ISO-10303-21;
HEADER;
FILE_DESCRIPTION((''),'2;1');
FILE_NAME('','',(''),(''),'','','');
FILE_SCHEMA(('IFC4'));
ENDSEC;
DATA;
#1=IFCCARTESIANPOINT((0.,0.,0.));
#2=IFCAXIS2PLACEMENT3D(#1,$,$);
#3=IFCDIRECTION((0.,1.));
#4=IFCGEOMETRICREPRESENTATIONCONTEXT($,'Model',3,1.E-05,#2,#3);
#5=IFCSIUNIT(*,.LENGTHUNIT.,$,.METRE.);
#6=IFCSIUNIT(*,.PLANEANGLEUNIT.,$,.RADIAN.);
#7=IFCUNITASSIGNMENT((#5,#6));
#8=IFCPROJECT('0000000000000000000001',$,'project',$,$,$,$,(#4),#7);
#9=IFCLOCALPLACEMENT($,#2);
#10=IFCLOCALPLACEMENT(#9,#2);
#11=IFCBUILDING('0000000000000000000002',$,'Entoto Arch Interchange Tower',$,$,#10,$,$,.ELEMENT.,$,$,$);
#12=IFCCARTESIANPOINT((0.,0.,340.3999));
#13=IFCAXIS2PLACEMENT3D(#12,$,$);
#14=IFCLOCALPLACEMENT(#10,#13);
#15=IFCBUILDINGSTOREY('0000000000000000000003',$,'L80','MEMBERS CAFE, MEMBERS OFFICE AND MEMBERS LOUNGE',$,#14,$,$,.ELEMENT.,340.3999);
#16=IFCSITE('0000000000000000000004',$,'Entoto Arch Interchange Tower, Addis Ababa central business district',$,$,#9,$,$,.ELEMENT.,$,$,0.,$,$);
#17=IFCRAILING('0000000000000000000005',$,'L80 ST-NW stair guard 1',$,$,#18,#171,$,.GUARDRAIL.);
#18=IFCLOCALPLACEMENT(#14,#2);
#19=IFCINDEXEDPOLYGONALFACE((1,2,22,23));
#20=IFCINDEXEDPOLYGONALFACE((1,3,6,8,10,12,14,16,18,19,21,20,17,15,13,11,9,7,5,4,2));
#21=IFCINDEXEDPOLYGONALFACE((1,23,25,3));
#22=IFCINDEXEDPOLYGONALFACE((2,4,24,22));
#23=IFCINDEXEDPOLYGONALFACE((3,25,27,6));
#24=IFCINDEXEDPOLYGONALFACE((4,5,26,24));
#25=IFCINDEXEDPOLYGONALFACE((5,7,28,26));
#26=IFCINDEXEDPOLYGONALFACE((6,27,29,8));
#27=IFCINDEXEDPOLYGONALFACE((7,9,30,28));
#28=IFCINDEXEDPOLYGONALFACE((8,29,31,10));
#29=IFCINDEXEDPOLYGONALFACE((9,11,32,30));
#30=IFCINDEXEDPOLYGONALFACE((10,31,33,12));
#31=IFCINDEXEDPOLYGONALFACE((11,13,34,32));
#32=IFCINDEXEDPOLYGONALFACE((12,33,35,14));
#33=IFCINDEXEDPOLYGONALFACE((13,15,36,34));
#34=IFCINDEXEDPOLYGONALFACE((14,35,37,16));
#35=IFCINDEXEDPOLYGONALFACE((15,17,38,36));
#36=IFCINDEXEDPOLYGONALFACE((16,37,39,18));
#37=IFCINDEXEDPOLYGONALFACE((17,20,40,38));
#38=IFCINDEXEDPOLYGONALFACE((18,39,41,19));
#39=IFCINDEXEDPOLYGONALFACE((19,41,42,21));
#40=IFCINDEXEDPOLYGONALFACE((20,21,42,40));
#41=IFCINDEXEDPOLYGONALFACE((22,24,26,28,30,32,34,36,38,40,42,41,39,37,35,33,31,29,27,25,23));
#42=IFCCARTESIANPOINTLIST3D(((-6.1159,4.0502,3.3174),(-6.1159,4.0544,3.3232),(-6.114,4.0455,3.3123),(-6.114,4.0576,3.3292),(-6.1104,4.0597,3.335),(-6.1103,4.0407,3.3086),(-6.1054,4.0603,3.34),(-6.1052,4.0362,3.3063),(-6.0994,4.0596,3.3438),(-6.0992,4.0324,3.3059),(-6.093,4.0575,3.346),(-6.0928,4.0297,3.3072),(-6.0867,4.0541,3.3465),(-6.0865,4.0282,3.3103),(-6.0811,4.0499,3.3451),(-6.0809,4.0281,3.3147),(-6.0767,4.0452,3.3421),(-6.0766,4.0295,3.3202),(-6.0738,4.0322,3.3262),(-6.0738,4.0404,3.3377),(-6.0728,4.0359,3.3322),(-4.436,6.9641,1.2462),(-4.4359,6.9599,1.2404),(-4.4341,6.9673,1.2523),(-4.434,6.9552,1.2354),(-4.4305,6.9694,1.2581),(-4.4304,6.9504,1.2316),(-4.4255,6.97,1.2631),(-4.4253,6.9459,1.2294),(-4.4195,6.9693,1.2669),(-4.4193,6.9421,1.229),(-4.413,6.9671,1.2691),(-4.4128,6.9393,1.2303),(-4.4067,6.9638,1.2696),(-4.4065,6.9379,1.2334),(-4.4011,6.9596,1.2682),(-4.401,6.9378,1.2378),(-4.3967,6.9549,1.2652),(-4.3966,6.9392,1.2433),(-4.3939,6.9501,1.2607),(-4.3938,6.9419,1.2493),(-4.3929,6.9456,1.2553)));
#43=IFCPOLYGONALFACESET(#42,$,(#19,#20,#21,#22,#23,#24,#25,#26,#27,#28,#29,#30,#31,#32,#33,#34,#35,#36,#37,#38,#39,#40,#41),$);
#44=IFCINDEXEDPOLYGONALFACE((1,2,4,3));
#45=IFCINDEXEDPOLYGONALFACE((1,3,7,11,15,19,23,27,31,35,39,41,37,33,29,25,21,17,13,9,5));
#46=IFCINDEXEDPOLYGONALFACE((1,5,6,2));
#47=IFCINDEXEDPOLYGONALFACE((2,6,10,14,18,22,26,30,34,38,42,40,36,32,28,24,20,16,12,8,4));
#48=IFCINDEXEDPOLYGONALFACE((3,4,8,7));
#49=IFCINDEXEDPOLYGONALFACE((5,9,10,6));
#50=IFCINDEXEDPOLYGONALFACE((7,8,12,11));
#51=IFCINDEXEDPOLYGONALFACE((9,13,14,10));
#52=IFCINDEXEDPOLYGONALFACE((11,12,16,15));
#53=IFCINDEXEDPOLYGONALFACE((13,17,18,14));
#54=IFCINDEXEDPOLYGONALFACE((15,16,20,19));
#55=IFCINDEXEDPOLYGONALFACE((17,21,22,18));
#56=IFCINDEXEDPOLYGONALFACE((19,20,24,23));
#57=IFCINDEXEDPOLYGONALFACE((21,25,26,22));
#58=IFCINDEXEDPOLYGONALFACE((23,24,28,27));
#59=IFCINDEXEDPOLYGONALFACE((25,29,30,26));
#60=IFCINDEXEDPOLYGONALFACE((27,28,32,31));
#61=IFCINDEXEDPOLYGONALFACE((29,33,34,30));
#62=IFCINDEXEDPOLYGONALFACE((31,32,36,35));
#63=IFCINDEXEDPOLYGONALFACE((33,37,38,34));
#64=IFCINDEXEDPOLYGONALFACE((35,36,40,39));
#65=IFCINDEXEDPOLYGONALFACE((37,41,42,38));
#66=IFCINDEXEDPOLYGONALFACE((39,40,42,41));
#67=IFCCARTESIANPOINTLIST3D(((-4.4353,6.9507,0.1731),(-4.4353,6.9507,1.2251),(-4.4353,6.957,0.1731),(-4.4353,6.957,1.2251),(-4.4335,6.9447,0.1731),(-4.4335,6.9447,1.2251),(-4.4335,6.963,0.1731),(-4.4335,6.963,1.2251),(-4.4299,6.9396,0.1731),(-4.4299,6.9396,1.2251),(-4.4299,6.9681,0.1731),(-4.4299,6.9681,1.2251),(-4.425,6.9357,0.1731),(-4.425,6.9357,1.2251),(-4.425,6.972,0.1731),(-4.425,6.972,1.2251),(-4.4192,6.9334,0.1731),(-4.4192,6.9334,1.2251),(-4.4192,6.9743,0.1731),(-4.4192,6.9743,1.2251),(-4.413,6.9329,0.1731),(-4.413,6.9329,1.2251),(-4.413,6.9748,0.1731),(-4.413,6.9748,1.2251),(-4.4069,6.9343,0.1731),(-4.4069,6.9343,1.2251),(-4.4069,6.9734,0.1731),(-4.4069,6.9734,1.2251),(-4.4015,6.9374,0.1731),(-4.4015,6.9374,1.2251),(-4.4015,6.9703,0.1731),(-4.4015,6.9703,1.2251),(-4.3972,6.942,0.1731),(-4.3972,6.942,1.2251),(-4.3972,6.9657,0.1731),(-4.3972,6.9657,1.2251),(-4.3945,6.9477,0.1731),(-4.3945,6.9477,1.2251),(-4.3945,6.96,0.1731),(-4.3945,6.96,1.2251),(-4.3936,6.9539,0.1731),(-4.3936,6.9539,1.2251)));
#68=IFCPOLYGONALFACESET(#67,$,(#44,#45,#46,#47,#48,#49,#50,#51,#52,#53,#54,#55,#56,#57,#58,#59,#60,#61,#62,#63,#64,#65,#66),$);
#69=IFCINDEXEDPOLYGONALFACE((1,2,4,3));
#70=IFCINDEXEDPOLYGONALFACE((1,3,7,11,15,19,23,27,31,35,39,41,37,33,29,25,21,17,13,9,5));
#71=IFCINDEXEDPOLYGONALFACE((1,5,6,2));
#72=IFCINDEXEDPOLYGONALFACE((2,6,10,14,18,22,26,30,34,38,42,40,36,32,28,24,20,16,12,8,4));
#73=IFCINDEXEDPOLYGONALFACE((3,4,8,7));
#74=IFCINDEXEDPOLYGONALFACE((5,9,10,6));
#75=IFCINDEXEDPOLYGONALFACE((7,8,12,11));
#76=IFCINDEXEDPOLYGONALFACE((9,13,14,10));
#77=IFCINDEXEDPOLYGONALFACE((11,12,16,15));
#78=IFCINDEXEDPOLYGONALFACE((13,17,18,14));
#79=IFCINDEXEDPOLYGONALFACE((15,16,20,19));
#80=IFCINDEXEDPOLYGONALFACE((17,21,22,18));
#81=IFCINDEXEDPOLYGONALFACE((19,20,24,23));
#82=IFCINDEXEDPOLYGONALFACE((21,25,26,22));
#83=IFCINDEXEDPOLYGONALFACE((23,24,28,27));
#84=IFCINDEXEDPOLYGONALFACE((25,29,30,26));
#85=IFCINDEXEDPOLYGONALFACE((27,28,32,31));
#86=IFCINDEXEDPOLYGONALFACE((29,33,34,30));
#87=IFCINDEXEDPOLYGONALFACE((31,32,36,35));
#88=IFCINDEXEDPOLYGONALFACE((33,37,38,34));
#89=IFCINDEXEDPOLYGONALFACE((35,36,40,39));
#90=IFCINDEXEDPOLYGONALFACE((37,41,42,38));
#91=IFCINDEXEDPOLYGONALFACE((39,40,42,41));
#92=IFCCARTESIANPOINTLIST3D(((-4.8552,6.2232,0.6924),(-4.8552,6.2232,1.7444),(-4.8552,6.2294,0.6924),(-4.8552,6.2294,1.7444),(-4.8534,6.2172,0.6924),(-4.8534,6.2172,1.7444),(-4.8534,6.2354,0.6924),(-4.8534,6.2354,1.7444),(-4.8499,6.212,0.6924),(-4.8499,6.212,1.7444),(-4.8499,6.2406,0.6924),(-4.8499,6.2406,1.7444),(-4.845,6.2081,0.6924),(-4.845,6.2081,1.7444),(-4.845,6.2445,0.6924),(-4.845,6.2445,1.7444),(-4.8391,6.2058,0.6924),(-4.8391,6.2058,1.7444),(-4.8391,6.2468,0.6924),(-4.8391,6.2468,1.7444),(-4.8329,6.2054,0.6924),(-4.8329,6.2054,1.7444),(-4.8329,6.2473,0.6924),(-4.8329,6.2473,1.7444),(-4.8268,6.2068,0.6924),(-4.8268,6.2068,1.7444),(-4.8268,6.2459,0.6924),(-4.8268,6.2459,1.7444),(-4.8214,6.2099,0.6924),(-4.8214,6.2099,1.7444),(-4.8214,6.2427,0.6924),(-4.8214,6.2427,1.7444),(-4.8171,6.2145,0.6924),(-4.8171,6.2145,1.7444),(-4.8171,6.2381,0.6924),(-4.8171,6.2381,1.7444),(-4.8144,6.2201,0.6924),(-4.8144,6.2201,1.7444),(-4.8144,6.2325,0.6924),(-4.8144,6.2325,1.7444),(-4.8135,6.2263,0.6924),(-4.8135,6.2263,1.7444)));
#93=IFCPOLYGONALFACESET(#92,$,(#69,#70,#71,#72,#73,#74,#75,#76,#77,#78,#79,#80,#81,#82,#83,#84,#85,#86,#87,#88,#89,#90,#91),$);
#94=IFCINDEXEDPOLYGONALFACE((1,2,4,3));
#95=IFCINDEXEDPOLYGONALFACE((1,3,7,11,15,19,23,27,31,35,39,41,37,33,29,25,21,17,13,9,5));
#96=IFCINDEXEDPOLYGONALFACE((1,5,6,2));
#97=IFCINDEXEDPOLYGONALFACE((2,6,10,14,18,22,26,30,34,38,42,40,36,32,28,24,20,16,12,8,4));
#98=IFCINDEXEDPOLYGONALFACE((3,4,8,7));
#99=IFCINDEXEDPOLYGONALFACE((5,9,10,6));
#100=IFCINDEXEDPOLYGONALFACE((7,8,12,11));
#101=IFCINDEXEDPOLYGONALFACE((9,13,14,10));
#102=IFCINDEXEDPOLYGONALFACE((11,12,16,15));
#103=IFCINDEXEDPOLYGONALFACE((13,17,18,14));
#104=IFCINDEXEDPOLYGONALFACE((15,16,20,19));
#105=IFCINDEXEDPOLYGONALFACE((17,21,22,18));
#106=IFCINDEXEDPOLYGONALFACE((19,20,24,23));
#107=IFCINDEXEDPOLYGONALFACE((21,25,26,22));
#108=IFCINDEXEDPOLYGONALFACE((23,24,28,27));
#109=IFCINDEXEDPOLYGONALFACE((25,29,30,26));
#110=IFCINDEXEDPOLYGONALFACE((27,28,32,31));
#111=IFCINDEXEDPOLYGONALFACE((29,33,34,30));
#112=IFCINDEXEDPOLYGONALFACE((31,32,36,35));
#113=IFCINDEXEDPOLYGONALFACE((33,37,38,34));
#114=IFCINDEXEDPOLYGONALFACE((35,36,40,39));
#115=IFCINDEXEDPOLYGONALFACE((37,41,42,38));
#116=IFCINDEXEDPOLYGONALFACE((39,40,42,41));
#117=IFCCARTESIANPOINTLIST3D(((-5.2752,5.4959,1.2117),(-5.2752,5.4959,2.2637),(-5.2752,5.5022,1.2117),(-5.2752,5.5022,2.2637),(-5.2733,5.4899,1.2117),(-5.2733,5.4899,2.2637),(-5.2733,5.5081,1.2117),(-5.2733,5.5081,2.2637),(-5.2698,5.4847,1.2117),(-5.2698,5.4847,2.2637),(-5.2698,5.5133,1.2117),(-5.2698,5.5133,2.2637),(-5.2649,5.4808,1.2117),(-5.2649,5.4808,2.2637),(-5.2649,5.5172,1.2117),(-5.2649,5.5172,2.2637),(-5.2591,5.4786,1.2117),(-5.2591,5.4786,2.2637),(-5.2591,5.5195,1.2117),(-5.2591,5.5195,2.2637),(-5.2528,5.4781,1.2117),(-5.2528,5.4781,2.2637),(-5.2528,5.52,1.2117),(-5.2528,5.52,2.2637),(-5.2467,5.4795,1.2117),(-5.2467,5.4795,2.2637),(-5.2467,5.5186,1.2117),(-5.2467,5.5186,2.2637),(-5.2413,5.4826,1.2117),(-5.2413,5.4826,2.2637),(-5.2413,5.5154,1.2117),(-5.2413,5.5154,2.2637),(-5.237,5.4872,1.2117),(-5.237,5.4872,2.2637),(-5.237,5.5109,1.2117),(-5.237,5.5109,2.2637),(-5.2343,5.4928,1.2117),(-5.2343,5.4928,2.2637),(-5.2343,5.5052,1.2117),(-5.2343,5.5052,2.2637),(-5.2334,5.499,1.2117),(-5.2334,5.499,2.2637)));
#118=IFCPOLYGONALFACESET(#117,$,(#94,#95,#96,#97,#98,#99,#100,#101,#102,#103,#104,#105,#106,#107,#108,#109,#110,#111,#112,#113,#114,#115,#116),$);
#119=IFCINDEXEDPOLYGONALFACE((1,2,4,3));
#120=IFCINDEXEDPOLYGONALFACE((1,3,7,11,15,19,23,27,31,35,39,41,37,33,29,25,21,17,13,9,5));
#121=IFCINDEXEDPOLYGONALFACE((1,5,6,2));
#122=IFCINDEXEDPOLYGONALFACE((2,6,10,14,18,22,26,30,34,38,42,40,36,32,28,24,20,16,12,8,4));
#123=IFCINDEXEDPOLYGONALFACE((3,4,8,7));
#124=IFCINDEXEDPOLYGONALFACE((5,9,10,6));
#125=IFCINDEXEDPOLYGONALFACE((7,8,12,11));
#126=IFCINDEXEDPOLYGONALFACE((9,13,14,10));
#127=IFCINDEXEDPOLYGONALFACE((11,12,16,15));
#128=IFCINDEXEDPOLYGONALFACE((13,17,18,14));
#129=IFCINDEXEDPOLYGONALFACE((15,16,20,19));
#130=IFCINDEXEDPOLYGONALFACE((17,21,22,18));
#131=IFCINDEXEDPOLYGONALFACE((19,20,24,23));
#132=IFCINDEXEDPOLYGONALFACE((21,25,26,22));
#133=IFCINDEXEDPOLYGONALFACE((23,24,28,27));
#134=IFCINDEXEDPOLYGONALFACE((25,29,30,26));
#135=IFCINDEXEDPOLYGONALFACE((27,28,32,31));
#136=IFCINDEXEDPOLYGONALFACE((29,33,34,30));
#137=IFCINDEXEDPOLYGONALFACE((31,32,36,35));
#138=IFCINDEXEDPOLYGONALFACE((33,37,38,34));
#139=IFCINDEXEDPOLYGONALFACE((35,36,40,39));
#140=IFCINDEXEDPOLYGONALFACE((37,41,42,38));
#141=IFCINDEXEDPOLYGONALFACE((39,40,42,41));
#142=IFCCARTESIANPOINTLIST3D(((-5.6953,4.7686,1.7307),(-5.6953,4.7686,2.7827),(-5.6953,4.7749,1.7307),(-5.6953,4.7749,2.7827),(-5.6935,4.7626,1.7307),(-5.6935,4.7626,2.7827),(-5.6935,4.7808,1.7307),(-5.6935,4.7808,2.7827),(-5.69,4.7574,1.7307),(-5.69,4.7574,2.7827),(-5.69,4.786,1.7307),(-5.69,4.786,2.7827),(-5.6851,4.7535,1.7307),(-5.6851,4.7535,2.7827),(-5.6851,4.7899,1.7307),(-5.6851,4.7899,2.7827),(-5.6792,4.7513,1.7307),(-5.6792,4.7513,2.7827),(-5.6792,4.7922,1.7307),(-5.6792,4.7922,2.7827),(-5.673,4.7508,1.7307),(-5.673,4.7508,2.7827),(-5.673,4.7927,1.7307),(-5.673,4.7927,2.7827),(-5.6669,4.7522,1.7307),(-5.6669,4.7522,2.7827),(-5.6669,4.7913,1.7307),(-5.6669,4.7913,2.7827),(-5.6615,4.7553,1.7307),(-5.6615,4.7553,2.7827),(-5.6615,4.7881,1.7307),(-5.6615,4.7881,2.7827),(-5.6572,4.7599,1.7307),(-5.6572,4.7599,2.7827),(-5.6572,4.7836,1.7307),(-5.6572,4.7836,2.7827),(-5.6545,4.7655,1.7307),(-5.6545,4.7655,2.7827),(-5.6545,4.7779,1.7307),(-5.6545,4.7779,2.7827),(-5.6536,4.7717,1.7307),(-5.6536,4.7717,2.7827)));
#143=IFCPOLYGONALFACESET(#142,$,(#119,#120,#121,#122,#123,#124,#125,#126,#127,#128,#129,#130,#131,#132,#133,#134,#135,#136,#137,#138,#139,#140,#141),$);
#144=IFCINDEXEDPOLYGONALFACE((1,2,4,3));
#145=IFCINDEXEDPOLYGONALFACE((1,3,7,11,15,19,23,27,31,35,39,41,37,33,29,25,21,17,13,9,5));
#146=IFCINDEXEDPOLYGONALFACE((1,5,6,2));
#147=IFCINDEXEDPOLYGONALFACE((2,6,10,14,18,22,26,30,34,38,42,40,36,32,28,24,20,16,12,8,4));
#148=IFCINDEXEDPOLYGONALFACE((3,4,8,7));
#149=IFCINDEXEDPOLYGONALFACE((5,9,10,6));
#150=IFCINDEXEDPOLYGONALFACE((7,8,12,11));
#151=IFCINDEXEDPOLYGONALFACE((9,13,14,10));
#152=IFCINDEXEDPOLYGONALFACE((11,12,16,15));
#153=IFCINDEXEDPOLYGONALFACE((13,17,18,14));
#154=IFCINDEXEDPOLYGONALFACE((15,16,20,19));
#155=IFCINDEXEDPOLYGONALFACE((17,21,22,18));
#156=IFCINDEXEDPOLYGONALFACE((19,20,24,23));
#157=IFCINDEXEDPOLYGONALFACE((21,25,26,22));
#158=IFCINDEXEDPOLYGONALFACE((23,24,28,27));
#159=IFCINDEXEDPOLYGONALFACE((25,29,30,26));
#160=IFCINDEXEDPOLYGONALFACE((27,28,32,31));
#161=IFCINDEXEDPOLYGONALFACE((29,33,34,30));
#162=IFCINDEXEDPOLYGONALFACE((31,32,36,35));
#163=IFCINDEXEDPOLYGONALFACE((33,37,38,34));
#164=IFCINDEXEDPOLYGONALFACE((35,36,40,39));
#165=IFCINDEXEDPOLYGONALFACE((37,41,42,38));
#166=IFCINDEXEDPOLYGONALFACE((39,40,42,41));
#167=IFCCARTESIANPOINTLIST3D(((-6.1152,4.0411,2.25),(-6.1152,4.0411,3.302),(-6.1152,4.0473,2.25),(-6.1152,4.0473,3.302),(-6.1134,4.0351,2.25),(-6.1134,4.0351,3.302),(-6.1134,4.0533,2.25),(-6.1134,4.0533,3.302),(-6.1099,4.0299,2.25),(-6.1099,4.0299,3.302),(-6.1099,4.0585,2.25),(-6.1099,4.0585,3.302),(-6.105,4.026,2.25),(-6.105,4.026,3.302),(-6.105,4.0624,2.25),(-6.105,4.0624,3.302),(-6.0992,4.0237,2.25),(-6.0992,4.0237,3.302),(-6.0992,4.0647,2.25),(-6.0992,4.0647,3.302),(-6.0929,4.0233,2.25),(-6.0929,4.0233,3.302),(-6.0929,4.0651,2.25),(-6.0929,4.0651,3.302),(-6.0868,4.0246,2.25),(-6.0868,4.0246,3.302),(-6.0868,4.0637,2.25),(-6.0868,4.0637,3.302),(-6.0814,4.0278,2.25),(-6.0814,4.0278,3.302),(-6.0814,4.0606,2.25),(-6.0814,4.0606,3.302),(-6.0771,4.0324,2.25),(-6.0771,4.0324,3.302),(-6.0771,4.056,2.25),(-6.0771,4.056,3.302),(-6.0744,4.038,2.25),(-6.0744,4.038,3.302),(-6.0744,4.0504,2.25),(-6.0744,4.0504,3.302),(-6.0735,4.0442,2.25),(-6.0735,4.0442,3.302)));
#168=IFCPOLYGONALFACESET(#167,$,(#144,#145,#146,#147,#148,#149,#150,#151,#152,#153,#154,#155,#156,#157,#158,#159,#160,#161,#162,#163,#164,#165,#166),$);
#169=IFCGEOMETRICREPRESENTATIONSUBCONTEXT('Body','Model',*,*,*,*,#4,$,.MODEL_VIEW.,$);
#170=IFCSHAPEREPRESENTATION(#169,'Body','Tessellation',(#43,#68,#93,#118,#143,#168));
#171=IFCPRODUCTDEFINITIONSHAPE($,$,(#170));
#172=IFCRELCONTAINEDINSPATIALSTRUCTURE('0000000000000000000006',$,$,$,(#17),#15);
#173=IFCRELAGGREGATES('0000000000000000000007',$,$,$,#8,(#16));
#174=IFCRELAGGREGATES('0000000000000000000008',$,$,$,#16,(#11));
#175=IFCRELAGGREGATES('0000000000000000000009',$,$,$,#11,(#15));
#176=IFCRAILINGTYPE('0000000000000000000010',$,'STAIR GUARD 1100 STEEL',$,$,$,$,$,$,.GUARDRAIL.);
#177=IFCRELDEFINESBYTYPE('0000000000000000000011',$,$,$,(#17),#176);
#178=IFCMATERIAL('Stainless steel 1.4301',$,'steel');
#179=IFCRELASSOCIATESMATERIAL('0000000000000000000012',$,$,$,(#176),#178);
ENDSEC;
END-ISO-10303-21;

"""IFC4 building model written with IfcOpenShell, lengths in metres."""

from ifc_helpers import new_model, si_unit, direction, frame, origin, origin_2d, place, context, subcontext, project, spatial, circle, extrude, material, type_object, element, save


model = new_model("IFC4")

# Units and contexts
model_context = context("Model", 3, precision=1e-05, world=origin(), true_north=direction((0.0, 1.0)))
body_context = subcontext(model_context, "Body", "Model", "MODEL_VIEW")
ifc_project = project(units=[si_unit("LENGTHUNIT", "METRE"), si_unit("PLANEANGLEUNIT", "RADIAN")], contexts=[model_context])

# Site, building, storey
site_placement = place(None, origin())
site = spatial("IfcSite", under=ifc_project, at=site_placement, Name="Entoto Arch Interchange Tower, Addis Ababa central business district", CompositionType="ELEMENT", RefElevation=0.0)
building_placement = place(site_placement, origin())
building = spatial("IfcBuilding", under=site, at=building_placement, Name="Entoto Arch Interchange Tower", CompositionType="ELEMENT")
storey_placement = place(building_placement, frame((0.0, 0.0, 340.3999)))
storey = spatial("IfcBuildingStorey", under=building, at=storey_placement, Name="L80", Description="MEMBERS CAFE, MEMBERS OFFICE AND MEMBERS LOUNGE", CompositionType="ELEMENT", Elevation=340.3999)

# Railing
ifc_material_1 = material(Name="Stainless steel 1.4301", Category="steel")
railing_type_1 = type_object("IfcRailingType", Name="STAIR GUARD 1100 STEEL", PredefinedType="GUARDRAIL", material=ifc_material_1)
railing_1_placement = place(storey_placement, frame((-4.4146, 6.9539, 0.1731)))
element("IfcRailing", 1, at=railing_1_placement, inside=storey, type_object=railing_type_1, Name="L80 ST-NW stair guard 1", PredefinedType="GUARDRAIL", context=body_context, shape_type="SweptSolid", body=[
    extrude(circle(Radius=0.0239, at=origin_2d()), frame((0.0, 0.0, 1.0762), z_axis=(-0.425308, -0.73664, 0.525809), x_axis=(0.866021, -0.500008, 0.0)), (0.0, 0.0, 1.0), 3.95),
    extrude(circle(Radius=0.021, at=origin_2d()), origin(), (0.0, 0.0, 1.0), 1.052),
    extrude(circle(Radius=0.021, at=origin_2d()), frame((-0.4199, -0.7275, 0.5193)), (0.0, 0.0, 1.0), 1.052),
    extrude(circle(Radius=0.021, at=origin_2d()), frame((-0.8398, -1.4548, 1.0386)), (0.0, 0.0, 1.0), 1.052),
    extrude(circle(Radius=0.021, at=origin_2d()), frame((-1.26, -2.1821, 1.5576)), (0.0, 0.0, 1.0), 1.052),
    extrude(circle(Radius=0.021, at=origin_2d()), frame((-1.6799, -2.9097, 2.0769)), (0.0, 0.0, 1.0), 1.052),
])

save(model, "model.ifc")
